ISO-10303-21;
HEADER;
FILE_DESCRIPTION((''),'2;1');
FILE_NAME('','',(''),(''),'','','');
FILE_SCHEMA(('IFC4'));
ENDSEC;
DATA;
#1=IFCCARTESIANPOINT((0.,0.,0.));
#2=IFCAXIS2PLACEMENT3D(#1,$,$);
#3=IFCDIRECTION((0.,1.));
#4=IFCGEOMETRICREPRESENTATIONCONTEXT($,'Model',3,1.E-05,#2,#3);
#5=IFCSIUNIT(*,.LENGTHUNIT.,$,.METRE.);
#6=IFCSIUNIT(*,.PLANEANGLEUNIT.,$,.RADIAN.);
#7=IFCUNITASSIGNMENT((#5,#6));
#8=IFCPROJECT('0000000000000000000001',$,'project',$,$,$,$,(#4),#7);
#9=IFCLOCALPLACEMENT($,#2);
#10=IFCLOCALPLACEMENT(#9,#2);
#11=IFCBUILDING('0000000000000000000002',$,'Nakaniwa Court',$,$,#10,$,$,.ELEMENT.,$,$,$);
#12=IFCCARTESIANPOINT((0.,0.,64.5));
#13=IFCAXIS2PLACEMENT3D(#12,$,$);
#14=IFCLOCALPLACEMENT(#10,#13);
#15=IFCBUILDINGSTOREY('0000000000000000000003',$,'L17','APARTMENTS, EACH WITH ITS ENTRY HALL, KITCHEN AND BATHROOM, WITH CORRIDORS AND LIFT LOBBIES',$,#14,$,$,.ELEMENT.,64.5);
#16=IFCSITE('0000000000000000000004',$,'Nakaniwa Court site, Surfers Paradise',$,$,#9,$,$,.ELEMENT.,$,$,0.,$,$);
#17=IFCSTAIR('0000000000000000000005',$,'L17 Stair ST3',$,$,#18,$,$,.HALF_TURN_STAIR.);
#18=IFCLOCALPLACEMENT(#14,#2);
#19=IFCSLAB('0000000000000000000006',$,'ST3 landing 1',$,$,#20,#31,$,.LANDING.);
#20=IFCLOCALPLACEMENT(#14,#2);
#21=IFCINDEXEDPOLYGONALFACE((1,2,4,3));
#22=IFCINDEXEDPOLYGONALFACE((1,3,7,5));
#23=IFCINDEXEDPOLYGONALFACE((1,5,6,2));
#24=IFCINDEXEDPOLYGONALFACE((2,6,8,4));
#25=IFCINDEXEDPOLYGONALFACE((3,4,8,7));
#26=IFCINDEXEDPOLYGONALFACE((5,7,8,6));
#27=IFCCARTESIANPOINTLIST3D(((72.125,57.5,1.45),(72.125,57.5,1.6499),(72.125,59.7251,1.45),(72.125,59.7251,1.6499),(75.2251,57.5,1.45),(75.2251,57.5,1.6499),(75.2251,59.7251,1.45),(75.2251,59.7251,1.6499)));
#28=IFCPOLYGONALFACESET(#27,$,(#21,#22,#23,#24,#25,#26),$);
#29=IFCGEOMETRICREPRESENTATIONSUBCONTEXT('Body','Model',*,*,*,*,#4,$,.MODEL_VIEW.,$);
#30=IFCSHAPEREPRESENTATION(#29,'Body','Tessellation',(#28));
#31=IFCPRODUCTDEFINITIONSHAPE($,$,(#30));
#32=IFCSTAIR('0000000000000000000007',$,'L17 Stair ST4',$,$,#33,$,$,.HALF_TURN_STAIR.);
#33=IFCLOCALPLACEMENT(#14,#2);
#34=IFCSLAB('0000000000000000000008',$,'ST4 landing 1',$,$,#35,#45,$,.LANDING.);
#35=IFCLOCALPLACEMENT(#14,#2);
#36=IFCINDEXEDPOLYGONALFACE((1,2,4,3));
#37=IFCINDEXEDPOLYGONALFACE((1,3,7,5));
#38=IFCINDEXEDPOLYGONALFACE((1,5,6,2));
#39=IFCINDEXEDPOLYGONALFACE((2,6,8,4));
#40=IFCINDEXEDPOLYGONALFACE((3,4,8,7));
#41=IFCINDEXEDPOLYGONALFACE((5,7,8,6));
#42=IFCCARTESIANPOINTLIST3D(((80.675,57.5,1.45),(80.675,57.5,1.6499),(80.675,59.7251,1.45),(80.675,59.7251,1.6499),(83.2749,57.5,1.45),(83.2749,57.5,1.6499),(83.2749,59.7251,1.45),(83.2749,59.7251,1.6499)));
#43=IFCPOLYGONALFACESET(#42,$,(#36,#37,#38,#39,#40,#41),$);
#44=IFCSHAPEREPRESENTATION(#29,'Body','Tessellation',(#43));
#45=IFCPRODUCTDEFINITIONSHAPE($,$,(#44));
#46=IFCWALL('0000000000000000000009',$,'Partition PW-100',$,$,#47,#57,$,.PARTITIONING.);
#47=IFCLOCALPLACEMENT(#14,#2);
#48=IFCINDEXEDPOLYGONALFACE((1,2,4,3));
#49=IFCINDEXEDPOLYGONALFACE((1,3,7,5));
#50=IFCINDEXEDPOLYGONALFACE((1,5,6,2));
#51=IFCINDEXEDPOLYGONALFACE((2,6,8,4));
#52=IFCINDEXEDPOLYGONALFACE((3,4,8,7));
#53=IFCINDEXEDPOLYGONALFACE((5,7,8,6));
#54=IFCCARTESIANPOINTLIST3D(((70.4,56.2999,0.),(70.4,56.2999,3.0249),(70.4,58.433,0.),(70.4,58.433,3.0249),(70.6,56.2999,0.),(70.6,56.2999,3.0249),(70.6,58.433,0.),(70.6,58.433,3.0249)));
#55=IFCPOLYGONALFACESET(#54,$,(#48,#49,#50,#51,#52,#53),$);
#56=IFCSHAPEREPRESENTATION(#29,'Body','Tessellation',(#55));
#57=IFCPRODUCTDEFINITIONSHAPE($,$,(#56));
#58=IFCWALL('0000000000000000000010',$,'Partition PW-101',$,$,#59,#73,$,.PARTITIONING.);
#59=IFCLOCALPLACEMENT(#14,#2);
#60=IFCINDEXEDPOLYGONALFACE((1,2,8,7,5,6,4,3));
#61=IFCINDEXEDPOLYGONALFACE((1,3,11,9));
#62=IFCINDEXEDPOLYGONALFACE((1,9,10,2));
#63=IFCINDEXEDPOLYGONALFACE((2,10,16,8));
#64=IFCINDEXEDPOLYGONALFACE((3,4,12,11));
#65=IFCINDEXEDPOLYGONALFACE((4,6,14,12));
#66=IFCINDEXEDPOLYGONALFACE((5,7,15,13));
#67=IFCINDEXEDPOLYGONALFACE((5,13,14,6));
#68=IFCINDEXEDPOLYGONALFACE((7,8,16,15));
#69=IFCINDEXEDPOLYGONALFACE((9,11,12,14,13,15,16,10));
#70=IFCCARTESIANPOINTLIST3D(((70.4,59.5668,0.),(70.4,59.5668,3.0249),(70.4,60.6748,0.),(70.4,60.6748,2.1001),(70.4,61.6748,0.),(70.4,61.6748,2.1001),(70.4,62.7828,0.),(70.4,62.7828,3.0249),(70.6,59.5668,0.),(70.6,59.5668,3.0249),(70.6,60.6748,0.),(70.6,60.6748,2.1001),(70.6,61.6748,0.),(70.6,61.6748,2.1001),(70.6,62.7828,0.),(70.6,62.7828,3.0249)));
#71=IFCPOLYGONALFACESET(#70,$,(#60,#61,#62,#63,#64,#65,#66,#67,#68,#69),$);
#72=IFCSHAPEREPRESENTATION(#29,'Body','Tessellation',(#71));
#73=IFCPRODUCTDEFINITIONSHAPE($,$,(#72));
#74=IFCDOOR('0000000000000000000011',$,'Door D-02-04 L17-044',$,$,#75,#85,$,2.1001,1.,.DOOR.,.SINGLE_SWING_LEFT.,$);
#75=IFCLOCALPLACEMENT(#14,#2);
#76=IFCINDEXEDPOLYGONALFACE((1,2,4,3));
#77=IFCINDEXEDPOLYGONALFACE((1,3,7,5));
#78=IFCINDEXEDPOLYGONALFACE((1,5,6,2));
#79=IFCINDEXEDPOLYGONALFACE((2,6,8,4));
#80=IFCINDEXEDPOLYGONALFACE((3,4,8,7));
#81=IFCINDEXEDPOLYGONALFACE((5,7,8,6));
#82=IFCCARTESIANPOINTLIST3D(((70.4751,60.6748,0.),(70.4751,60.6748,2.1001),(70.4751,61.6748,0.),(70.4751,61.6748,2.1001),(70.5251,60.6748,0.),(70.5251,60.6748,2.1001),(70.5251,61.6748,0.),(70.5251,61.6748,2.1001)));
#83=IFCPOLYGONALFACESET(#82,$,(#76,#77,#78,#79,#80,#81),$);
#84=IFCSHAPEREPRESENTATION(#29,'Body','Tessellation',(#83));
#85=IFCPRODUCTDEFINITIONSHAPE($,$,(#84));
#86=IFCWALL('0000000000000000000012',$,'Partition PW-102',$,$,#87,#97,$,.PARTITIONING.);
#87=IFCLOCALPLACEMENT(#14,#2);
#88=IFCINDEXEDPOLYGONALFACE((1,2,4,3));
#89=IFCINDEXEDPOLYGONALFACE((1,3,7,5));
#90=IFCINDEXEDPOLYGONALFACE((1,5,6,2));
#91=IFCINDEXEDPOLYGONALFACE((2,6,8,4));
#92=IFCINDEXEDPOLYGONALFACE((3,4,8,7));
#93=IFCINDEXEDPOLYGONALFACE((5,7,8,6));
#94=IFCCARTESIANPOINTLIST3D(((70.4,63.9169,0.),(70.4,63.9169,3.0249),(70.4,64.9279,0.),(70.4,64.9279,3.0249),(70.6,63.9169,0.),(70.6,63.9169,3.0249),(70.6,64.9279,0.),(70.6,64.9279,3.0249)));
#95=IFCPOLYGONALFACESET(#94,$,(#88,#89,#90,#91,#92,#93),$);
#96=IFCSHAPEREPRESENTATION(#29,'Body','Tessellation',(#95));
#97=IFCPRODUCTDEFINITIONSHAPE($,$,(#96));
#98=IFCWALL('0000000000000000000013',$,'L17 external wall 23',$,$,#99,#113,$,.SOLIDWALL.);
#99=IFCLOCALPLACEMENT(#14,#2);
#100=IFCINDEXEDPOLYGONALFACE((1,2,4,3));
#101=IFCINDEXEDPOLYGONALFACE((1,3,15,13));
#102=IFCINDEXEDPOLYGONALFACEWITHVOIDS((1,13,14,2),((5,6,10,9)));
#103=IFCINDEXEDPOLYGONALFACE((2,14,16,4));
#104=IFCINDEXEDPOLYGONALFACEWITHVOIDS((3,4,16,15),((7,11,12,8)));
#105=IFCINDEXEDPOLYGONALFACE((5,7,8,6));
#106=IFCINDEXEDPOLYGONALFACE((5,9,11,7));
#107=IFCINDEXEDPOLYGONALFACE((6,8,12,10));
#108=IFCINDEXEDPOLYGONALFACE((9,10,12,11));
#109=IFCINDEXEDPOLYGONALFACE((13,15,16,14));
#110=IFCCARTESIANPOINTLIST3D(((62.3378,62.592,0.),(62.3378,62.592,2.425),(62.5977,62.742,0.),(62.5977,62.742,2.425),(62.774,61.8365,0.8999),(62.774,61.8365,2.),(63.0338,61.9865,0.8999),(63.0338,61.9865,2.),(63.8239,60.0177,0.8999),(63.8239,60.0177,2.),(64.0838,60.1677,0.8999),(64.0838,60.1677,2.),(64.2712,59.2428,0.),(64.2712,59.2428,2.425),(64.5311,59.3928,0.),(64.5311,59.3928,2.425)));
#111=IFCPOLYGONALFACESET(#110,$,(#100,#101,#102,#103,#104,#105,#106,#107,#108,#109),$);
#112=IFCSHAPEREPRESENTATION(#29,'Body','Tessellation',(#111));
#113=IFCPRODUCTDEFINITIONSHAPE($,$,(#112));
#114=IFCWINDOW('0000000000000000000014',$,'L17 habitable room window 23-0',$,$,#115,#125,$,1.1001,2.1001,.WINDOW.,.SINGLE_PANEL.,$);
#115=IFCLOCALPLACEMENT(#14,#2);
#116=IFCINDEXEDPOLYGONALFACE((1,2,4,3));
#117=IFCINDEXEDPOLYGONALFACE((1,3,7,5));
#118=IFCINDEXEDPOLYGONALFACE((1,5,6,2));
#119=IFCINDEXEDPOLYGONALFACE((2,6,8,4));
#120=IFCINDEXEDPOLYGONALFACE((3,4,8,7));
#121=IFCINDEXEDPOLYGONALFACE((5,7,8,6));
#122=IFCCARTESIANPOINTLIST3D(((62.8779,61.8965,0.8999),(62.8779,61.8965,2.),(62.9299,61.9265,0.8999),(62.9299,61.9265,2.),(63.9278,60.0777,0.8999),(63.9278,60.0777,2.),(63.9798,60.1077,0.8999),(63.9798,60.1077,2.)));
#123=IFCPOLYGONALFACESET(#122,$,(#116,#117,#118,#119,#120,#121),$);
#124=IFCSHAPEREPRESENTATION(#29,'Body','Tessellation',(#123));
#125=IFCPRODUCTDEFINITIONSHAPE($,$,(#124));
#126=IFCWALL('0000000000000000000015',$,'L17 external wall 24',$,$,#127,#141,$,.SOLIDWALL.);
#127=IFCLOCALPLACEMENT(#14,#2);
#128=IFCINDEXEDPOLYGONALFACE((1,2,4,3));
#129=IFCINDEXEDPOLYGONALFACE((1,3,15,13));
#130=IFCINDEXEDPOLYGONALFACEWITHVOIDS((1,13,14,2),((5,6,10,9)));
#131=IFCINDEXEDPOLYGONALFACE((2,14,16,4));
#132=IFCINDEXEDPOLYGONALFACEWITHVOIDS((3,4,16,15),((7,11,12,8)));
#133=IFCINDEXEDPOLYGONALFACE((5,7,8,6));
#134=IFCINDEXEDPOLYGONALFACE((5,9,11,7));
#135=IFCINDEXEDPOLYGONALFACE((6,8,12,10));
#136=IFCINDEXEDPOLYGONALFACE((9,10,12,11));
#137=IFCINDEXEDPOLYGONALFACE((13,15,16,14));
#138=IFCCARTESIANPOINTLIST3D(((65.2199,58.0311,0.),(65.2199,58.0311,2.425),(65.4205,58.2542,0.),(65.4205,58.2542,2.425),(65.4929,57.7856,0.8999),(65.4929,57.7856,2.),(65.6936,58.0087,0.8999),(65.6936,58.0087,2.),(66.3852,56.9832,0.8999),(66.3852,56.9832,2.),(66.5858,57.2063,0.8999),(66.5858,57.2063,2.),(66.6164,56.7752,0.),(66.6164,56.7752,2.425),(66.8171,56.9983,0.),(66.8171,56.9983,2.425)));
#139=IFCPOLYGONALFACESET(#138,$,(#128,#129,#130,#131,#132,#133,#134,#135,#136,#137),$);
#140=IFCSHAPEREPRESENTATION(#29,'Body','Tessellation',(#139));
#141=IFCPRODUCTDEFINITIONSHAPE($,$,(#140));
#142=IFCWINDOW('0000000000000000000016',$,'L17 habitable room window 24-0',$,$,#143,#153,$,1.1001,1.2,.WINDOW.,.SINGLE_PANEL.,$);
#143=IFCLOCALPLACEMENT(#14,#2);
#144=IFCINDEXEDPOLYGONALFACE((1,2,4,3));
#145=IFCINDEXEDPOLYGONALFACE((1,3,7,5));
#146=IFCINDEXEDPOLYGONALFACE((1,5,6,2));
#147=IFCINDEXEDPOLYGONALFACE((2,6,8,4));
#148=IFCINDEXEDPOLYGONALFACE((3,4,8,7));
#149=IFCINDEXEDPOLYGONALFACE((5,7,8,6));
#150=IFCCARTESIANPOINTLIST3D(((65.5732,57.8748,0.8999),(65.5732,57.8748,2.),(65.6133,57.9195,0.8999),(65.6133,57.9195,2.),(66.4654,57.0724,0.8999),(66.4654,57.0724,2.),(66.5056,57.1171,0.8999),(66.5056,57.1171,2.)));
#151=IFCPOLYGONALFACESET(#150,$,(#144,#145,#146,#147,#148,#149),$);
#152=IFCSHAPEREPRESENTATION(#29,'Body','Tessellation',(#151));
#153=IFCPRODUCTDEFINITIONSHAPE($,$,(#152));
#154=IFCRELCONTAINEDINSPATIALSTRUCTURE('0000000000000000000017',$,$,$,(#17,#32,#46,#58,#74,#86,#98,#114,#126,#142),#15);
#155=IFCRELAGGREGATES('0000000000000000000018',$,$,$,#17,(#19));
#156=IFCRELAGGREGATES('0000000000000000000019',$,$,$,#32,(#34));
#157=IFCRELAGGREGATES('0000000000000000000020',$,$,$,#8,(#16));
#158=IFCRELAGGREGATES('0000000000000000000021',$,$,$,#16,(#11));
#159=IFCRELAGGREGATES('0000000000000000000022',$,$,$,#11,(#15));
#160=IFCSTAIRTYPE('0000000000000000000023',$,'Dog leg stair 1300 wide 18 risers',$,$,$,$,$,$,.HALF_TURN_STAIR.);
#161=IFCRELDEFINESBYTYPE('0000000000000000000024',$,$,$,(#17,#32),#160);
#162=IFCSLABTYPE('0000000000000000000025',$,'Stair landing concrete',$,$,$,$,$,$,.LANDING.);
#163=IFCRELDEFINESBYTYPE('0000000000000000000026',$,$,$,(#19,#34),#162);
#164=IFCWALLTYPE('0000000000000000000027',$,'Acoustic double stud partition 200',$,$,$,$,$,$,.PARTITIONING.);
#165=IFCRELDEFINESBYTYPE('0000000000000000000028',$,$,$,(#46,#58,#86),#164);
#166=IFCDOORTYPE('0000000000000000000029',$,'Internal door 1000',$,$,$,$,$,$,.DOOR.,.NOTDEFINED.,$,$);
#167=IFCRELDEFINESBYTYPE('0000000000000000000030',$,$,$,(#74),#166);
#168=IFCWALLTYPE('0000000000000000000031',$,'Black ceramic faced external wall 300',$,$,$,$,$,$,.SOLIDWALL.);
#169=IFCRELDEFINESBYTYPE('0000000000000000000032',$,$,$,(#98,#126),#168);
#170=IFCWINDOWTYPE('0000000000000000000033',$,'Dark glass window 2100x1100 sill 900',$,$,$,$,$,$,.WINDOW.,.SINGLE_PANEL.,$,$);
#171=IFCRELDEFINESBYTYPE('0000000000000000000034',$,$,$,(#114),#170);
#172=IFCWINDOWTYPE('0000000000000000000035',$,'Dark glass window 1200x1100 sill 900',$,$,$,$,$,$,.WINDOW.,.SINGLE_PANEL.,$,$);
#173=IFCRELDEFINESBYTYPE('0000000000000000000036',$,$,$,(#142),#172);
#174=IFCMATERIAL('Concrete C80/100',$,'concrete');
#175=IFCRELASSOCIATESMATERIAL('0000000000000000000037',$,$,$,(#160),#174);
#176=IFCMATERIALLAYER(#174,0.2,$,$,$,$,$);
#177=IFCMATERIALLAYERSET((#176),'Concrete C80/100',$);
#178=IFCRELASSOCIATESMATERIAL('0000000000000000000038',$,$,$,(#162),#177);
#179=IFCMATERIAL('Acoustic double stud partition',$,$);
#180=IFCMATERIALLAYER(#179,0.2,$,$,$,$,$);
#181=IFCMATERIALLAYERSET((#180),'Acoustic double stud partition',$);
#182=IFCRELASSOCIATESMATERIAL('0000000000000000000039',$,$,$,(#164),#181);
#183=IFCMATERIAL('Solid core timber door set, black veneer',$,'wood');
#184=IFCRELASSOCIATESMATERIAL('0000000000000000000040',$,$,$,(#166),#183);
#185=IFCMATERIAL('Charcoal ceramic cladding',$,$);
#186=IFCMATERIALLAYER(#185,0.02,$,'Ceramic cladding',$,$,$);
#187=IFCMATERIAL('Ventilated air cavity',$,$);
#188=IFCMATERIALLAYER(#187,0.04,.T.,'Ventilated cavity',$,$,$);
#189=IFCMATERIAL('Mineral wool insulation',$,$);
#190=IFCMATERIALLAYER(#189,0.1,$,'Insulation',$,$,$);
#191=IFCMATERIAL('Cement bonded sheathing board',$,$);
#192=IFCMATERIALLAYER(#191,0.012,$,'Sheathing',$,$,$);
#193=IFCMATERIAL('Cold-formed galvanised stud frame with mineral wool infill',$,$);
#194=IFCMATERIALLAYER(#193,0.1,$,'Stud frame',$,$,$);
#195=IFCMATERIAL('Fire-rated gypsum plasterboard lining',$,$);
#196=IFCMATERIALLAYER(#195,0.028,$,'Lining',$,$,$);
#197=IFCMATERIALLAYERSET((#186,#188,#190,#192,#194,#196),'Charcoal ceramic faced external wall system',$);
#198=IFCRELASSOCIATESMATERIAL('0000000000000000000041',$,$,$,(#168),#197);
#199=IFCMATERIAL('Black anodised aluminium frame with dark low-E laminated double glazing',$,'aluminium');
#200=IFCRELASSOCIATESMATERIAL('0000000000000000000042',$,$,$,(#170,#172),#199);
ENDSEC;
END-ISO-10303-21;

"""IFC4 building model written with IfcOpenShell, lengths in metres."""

from ifc_helpers import new_model, si_unit, direction, frame, frame_2d, origin, place, context, subcontext, project, spatial, polyline, rectangle, outline, extrude, material, layer, layer_set, type_object, element, fill, aggregate, save


model = new_model("IFC4")

# Units and contexts
model_context = context("Model", 3, precision=1e-05, world=origin(), true_north=direction((0.0, 1.0)))
body_context = subcontext(model_context, "Body", "Model", "MODEL_VIEW")
ifc_project = project(units=[si_unit("LENGTHUNIT", "METRE"), si_unit("PLANEANGLEUNIT", "RADIAN")], contexts=[model_context])

# Site, building, storey
site_placement = place(None, origin())
site = spatial("IfcSite", under=ifc_project, at=site_placement, Name="Nakaniwa Court site, Surfers Paradise", CompositionType="ELEMENT", RefElevation=0.0)
building_placement = place(site_placement, origin())
building = spatial("IfcBuilding", under=site, at=building_placement, Name="Nakaniwa Court", CompositionType="ELEMENT")
storey_placement = place(building_placement, frame((0.0, 0.0, 64.5)))
storey = spatial("IfcBuildingStorey", under=building, at=storey_placement, Name="L17", Description="APARTMENTS, EACH WITH ITS ENTRY HALL, KITCHEN AND BATHROOM, WITH CORRIDORS AND LIFT LOBBIES", CompositionType="ELEMENT", Elevation=64.5)

# Stairs, slabs
ifc_material_1 = material(Name="Concrete C80/100", Category="concrete")
stair_type = type_object("IfcStairType", Name="Dog leg stair 1300 wide 18 risers", PredefinedType="HALF_TURN_STAIR", material=ifc_material_1)
ifc_layer_1 = layer(ifc_material_1, 0.2)
ifc_layer_set_1 = layer_set([ifc_layer_1], Name="Concrete C80/100")
slab_type_1 = type_object("IfcSlabType", Name="Stair landing concrete", PredefinedType="LANDING", material=ifc_layer_set_1)
stair_1_placement = place(storey_placement, origin())
stair_1 = element("IfcStair", 1, at=stair_1_placement, inside=storey, type_object=stair_type, Name="L17 Stair ST3", PredefinedType="HALF_TURN_STAIR")
slab_1_placement = place(storey_placement, frame((0.0, 0.0, 1.45)))
slab_1 = element("IfcSlab", 2, at=slab_1_placement, type_object=slab_type_1, Name="ST3 landing 1", PredefinedType="LANDING", context=body_context, shape_type="SweptSolid", body=[
    extrude(outline(polyline([(75.2251, 57.5), (75.2251, 59.7251), (72.125, 59.7251), (72.125, 57.5), (75.2251, 57.5)])), origin(), (0.0, 0.0, 1.0), 0.2),
])
aggregate(stair_1, [slab_1])
stair_2_placement = place(storey_placement, origin())
stair_2 = element("IfcStair", 3, at=stair_2_placement, inside=storey, type_object=stair_type, Name="L17 Stair ST4", PredefinedType="HALF_TURN_STAIR")
slab_2_placement = place(storey_placement, frame((0.0, 0.0, 1.45)))
slab_2 = element("IfcSlab", 4, at=slab_2_placement, type_object=slab_type_1, Name="ST4 landing 1", PredefinedType="LANDING", context=body_context, shape_type="SweptSolid", body=[
    extrude(outline(polyline([(83.2749, 57.5), (83.2749, 59.7251), (80.675, 59.7251), (80.675, 57.5), (83.2749, 57.5)])), origin(), (0.0, 0.0, 1.0), 0.2),
])
aggregate(stair_2, [slab_2])

# Wall
ifc_material_2 = material(Name="Acoustic double stud partition")
ifc_layer_2 = layer(ifc_material_2, 0.2)
ifc_layer_set_2 = layer_set([ifc_layer_2], Name="Acoustic double stud partition")
wall_type_1 = type_object("IfcWallType", Name="Acoustic double stud partition 200", PredefinedType="PARTITIONING", material=ifc_layer_set_2)
wall_1_placement = place(storey_placement, frame((70.5, 56.3, 0.0), z_axis=(0.0, 0.0, 1.0), x_axis=(0.0, 1.0, 0.0)))
element("IfcWall", 5, at=wall_1_placement, inside=storey, type_object=wall_type_1, Name="Partition PW-100", PredefinedType="PARTITIONING", context=body_context, shape_type="SweptSolid", body=[
    extrude(rectangle(XDim=2.1331, YDim=0.2, at=frame_2d((1.0664, 0.0))), origin(), (0.0, 0.0, 1.0), 3.0249),
])

# Wall, opening, door
wall_2_placement = place(storey_placement, frame((70.5, 59.5669, 0.0), z_axis=(0.0, 0.0, 1.0), x_axis=(0.0, 1.0, 0.0)))
wall_2 = element("IfcWall", 6, at=wall_2_placement, inside=storey, type_object=wall_type_1, Name="Partition PW-101", PredefinedType="PARTITIONING", context=body_context, shape_type="SweptSolid", body=[
    extrude(rectangle(XDim=3.2161, YDim=0.2, at=frame_2d((1.6079, 0.0))), origin(), (0.0, 0.0, 1.0), 3.0249),
])
opening_1_placement = place(wall_2_placement, frame((1.1079, 0.0, 0.0)))
opening_1 = element("IfcOpeningElement", 7, at=opening_1_placement, cuts=wall_2, PredefinedType="OPENING", context=body_context, shape_type="SweptSolid", body=[
    extrude(rectangle(XDim=1.0, YDim=2.1001, at=frame_2d((0.5, 1.05))), frame((0.0, 0.1099, 0.0), z_axis=(0.0, -1.0, 0.0), x_axis=(1.0, 0.0, 0.0)), (0.0, 0.0, 1.0), 0.22),
])
ifc_material_3 = material(Name="Solid core timber door set, black veneer", Category="wood")
door_type = type_object("IfcDoorType", Name="Internal door 1000", OperationType="NOTDEFINED", PredefinedType="DOOR", material=ifc_material_3)
door_placement = place(opening_1_placement, origin())
door = element("IfcDoor", 8, at=door_placement, inside=storey, type_object=door_type, Name="Door D-02-04 L17-044", OperationType="SINGLE_SWING_LEFT", OverallHeight=2.1001, OverallWidth=1.0, PredefinedType="DOOR", context=body_context, shape_type="SweptSolid", body=[
    extrude(rectangle(XDim=1.0, YDim=2.1001, at=frame_2d((0.5, 1.05))), frame((0.0, 0.0249, 0.0), z_axis=(0.0, -1.0, 0.0), x_axis=(1.0, 0.0, 0.0)), (0.0, 0.0, 1.0), 0.05),
])
fill(opening_1, door)

# Wall
wall_3_placement = place(storey_placement, frame((70.5, 63.917, 0.0), z_axis=(0.0, 0.0, 1.0), x_axis=(0.0, 1.0, 0.0)))
element("IfcWall", 9, at=wall_3_placement, inside=storey, type_object=wall_type_1, Name="Partition PW-102", PredefinedType="PARTITIONING", context=body_context, shape_type="SweptSolid", body=[
    extrude(rectangle(XDim=1.011, YDim=0.2, at=frame_2d((0.5054, 0.0))), origin(), (0.0, 0.0, 1.0), 3.0249),
])

# Walls, openings, windows
ifc_material_4 = material(Name="Charcoal ceramic cladding")
ifc_layer_3 = layer(ifc_material_4, 0.02, Name="Ceramic cladding")
ifc_material_5 = material(Name="Ventilated air cavity")
ifc_layer_4 = layer(ifc_material_5, 0.04, ventilated=True, Name="Ventilated cavity")
ifc_material_6 = material(Name="Mineral wool insulation")
ifc_layer_5 = layer(ifc_material_6, 0.1, Name="Insulation")
ifc_material_7 = material(Name="Cement bonded sheathing board")
ifc_layer_6 = layer(ifc_material_7, 0.012, Name="Sheathing")
ifc_material_8 = material(Name="Cold-formed galvanised stud frame with mineral wool infill")
ifc_layer_7 = layer(ifc_material_8, 0.1, Name="Stud frame")
ifc_material_9 = material(Name="Fire-rated gypsum plasterboard lining")
ifc_layer_8 = layer(ifc_material_9, 0.028, Name="Lining")
ifc_layer_set_3 = layer_set([ifc_layer_3, ifc_layer_4, ifc_layer_5, ifc_layer_6, ifc_layer_7, ifc_layer_8], Name="Charcoal ceramic faced external wall system")
wall_type_2 = type_object("IfcWallType", Name="Black ceramic faced external wall 300", PredefinedType="SOLIDWALL", material=ifc_layer_set_3)
wall_4_placement = place(storey_placement, frame((62.4678, 62.667, 0.0), z_axis=(0.0, 0.0, 1.0), x_axis=(0.499948, -0.866055, 0.0)))
wall_4 = element("IfcWall", 10, at=wall_4_placement, inside=storey, type_object=wall_type_2, Name="L17 external wall 23", PredefinedType="SOLIDWALL", context=body_context, shape_type="SweptSolid", body=[
    extrude(rectangle(XDim=3.8672, YDim=0.3, at=frame_2d((1.9336, 0.0))), origin(), (0.0, 0.0, 1.0), 2.425),
])
opening_2_placement = place(wall_4_placement, frame((0.8723, 0.0, 0.8999)))
opening_2 = element("IfcOpeningElement", 11, at=opening_2_placement, cuts=wall_4, PredefinedType="OPENING", context=body_context, shape_type="SweptSolid", body=[
    extrude(rectangle(XDim=2.1001, YDim=1.1001, at=frame_2d((1.05, 0.55))), frame((0.0, 0.1599, 0.0), z_axis=(0.0, -1.0, 0.0), x_axis=(1.0, 0.0, 0.0)), (0.0, 0.0, 1.0), 0.3201),
])
ifc_material_10 = material(Name="Black anodised aluminium frame with dark low-E laminated double glazing", Category="aluminium")
window_type_1 = type_object("IfcWindowType", Name="Dark glass window 2100x1100 sill 900", PartitioningType="SINGLE_PANEL", PredefinedType="WINDOW", material=ifc_material_10)
window_1_placement = place(opening_2_placement, origin())
window_1 = element("IfcWindow", 12, at=window_1_placement, inside=storey, type_object=window_type_1, Name="L17 habitable room window 23-0", OverallHeight=1.1001, OverallWidth=2.1001, PartitioningType="SINGLE_PANEL", PredefinedType="WINDOW", context=body_context, shape_type="SweptSolid", body=[
    extrude(rectangle(XDim=2.1001, YDim=1.1001, at=frame_2d((1.05, 0.55))), frame((0.0, 0.03, 0.0), z_axis=(0.0, -1.0, 0.0), x_axis=(1.0, 0.0, 0.0)), (0.0, 0.0, 1.0), 0.0601),
])
fill(opening_2, window_1)
wall_5_placement = place(storey_placement, frame((65.3203, 58.1426, 0.0), z_axis=(0.0, 0.0, 1.0), x_axis=(0.743553, -0.668677, 0.0)))
wall_5 = element("IfcWall", 13, at=wall_5_placement, inside=storey, type_object=wall_type_2, Name="L17 external wall 24", PredefinedType="SOLIDWALL", context=body_context, shape_type="SweptSolid", body=[
    extrude(rectangle(XDim=1.8782, YDim=0.3, at=frame_2d((0.939, 0.0))), origin(), (0.0, 0.0, 1.0), 2.425),
])
opening_3_placement = place(wall_5_placement, frame((0.3669, 0.0, 0.8999)))
opening_3 = element("IfcOpeningElement", 14, at=opening_3_placement, cuts=wall_5, PredefinedType="OPENING", context=body_context, shape_type="SweptSolid", body=[
    extrude(rectangle(XDim=1.2, YDim=1.1001, at=frame_2d((0.6001, 0.55))), frame((0.0, 0.1599, 0.0), z_axis=(0.0, -1.0, 0.0), x_axis=(1.0, 0.0, 0.0)), (0.0, 0.0, 1.0), 0.3201),
])
window_type_2 = type_object("IfcWindowType", Name="Dark glass window 1200x1100 sill 900", PartitioningType="SINGLE_PANEL", PredefinedType="WINDOW", material=ifc_material_10)
window_2_placement = place(opening_3_placement, origin())
window_2 = element("IfcWindow", 15, at=window_2_placement, inside=storey, type_object=window_type_2, Name="L17 habitable room window 24-0", OverallHeight=1.1001, OverallWidth=1.2, PartitioningType="SINGLE_PANEL", PredefinedType="WINDOW", context=body_context, shape_type="SweptSolid", body=[
    extrude(rectangle(XDim=1.2, YDim=1.1001, at=frame_2d((0.6001, 0.55))), frame((0.0, 0.03, 0.0), z_axis=(0.0, -1.0, 0.0), x_axis=(1.0, 0.0, 0.0)), (0.0, 0.0, 1.0), 0.0601),
])
fill(opening_3, window_2)

save(model, "model.ifc")
